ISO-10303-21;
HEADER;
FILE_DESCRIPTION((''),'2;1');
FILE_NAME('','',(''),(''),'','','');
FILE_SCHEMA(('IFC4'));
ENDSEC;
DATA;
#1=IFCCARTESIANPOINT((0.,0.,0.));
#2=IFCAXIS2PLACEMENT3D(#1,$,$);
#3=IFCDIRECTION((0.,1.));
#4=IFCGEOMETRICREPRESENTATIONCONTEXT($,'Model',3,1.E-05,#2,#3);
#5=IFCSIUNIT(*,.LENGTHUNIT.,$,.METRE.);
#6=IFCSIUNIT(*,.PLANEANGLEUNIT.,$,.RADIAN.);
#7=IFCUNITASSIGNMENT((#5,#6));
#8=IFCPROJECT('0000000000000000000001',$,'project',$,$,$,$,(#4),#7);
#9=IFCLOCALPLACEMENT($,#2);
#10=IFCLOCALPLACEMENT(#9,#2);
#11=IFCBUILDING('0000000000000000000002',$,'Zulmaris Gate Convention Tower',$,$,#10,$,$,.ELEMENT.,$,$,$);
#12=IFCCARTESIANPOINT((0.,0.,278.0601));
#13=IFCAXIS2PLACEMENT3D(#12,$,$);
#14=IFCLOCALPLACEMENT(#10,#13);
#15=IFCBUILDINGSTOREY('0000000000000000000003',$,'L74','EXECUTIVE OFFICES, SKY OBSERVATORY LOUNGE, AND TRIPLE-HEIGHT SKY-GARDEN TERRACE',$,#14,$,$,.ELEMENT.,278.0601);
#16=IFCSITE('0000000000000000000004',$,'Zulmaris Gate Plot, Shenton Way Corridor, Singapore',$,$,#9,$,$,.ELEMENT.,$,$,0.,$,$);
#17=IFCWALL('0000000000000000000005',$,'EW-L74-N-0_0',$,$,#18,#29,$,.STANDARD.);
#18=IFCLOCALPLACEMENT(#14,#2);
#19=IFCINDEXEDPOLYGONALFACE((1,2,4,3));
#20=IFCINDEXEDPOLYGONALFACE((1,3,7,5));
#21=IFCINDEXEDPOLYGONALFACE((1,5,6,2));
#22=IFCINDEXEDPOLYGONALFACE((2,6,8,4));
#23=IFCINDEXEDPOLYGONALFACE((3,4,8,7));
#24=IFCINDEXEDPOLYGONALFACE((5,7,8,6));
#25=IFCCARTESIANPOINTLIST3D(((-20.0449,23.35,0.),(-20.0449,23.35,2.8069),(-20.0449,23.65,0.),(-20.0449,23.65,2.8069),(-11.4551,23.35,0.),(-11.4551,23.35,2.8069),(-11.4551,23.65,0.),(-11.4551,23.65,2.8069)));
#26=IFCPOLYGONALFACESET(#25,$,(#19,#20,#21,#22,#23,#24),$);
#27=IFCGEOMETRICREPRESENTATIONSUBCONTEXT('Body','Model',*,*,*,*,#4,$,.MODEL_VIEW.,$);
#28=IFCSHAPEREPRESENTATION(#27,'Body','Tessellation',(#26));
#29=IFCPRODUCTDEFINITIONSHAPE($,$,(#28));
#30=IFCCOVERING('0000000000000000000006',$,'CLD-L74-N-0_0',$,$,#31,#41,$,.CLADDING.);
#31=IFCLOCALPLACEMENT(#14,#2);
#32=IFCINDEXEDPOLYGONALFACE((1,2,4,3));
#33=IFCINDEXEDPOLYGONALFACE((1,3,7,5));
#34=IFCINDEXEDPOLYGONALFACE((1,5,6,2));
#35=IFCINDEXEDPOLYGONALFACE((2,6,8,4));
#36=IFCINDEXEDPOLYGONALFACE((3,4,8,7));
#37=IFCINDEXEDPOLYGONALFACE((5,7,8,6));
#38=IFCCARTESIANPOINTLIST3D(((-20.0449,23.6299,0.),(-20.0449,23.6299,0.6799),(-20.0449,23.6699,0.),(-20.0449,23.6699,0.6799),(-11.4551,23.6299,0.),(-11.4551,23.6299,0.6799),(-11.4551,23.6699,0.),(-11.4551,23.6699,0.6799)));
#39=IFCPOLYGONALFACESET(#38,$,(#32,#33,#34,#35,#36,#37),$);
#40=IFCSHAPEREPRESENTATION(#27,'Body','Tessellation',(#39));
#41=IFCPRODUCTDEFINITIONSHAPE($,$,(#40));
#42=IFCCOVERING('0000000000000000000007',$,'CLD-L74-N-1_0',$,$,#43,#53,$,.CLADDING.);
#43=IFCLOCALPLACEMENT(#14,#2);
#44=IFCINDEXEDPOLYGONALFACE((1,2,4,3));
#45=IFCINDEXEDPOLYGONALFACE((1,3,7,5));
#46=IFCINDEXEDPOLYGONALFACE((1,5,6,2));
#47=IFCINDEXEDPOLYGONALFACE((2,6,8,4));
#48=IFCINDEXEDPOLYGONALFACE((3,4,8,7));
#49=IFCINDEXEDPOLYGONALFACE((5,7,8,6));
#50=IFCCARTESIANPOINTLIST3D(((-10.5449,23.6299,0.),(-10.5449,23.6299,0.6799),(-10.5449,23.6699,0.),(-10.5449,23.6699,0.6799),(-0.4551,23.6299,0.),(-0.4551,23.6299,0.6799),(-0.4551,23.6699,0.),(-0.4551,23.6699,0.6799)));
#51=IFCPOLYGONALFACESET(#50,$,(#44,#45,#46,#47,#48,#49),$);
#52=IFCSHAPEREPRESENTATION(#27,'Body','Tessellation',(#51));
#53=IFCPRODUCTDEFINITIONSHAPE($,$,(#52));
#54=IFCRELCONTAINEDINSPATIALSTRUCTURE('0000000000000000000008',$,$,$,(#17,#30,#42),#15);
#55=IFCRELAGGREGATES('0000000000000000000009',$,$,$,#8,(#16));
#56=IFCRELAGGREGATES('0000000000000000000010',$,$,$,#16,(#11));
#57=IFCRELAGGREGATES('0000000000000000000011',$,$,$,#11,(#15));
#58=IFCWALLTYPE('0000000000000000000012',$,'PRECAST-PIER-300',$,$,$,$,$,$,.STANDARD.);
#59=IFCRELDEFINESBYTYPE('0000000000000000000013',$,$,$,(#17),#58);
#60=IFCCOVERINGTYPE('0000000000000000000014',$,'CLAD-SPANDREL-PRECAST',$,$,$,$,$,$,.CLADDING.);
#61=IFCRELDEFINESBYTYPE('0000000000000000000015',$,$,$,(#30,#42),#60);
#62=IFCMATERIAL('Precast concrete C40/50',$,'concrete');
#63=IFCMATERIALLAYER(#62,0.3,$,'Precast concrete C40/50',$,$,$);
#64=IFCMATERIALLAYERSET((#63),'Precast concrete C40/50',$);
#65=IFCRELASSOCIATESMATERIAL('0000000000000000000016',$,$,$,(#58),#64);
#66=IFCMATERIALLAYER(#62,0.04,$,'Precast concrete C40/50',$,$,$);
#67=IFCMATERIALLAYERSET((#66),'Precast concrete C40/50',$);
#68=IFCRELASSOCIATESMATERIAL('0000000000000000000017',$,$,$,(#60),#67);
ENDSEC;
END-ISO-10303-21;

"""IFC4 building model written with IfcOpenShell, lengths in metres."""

from ifc_helpers import new_model, si_unit, direction, frame, frame_2d, origin, place, context, subcontext, project, spatial, rectangle, extrude, material, layer, layer_set, type_object, element, save


model = new_model("IFC4")

# Units and contexts
model_context = context("Model", 3, precision=1e-05, world=origin(), true_north=direction((0.0, 1.0)))
body_context = subcontext(model_context, "Body", "Model", "MODEL_VIEW")
ifc_project = project(units=[si_unit("LENGTHUNIT", "METRE"), si_unit("PLANEANGLEUNIT", "RADIAN")], contexts=[model_context])

# Site, building, storey
site_placement = place(None, origin())
site = spatial("IfcSite", under=ifc_project, at=site_placement, Name="Zulmaris Gate Plot, Shenton Way Corridor, Singapore", CompositionType="ELEMENT", RefElevation=0.0)
building_placement = place(site_placement, origin())
building = spatial("IfcBuilding", under=site, at=building_placement, Name="Zulmaris Gate Convention Tower", CompositionType="ELEMENT")
storey_placement = place(building_placement, frame((0.0, 0.0, 278.0601)))
storey = spatial("IfcBuildingStorey", under=building, at=storey_placement, Name="L74", Description="EXECUTIVE OFFICES, SKY OBSERVATORY LOUNGE, AND TRIPLE-HEIGHT SKY-GARDEN TERRACE", CompositionType="ELEMENT", Elevation=278.0601)

# Wall
ifc_material_1 = material(Name="Precast concrete C40/50", Category="concrete")
ifc_layer_1 = layer(ifc_material_1, 0.3, Name="Precast concrete C40/50")
ifc_layer_set_1 = layer_set([ifc_layer_1], Name="Precast concrete C40/50")
wall_type_1 = type_object("IfcWallType", Name="PRECAST-PIER-300", PredefinedType="STANDARD", material=ifc_layer_set_1)
wall_1_placement = place(storey_placement, frame((-11.4551, 23.5, 0.0), z_axis=(0.0, 0.0, 1.0), x_axis=(-1.0, 0.0, 0.0)))
element("IfcWall", 1, at=wall_1_placement, inside=storey, type_object=wall_type_1, Name="EW-L74-N-0_0", PredefinedType="STANDARD", context=body_context, shape_type="SweptSolid", body=[
    extrude(rectangle(XDim=8.5898, YDim=0.3, at=frame_2d((4.2949, 0.0))), origin(), (0.0, 0.0, 1.0), 2.8069),
])

# Coverings
ifc_layer_2 = layer(ifc_material_1, 0.04, Name="Precast concrete C40/50")
ifc_layer_set_2 = layer_set([ifc_layer_2], Name="Precast concrete C40/50")
covering_type = type_object("IfcCoveringType", Name="CLAD-SPANDREL-PRECAST", PredefinedType="CLADDING", material=ifc_layer_set_2)
covering_1_placement = place(storey_placement, frame((-11.4551, 23.6499, 0.0), z_axis=(0.0, 0.0, 1.0), x_axis=(-1.0, 0.0, 0.0)))
element("IfcCovering", 2, at=covering_1_placement, inside=storey, type_object=covering_type, Name="CLD-L74-N-0_0", PredefinedType="CLADDING", context=body_context, shape_type="SweptSolid", body=[
    extrude(rectangle(XDim=8.5898, YDim=0.04, at=frame_2d((4.2949, 0.0))), origin(), (0.0, 0.0, 1.0), 0.6799),
])
covering_2_placement = place(storey_placement, frame((-0.4551, 23.6499, 0.0), z_axis=(0.0, 0.0, 1.0), x_axis=(-1.0, 0.0, 0.0)))
element("IfcCovering", 3, at=covering_2_placement, inside=storey, type_object=covering_type, Name="CLD-L74-N-1_0", PredefinedType="CLADDING", context=body_context, shape_type="SweptSolid", body=[
    extrude(rectangle(XDim=10.0898, YDim=0.04, at=frame_2d((5.0449, 0.0))), origin(), (0.0, 0.0, 1.0), 0.6799),
])

save(model, "model.ifc")
